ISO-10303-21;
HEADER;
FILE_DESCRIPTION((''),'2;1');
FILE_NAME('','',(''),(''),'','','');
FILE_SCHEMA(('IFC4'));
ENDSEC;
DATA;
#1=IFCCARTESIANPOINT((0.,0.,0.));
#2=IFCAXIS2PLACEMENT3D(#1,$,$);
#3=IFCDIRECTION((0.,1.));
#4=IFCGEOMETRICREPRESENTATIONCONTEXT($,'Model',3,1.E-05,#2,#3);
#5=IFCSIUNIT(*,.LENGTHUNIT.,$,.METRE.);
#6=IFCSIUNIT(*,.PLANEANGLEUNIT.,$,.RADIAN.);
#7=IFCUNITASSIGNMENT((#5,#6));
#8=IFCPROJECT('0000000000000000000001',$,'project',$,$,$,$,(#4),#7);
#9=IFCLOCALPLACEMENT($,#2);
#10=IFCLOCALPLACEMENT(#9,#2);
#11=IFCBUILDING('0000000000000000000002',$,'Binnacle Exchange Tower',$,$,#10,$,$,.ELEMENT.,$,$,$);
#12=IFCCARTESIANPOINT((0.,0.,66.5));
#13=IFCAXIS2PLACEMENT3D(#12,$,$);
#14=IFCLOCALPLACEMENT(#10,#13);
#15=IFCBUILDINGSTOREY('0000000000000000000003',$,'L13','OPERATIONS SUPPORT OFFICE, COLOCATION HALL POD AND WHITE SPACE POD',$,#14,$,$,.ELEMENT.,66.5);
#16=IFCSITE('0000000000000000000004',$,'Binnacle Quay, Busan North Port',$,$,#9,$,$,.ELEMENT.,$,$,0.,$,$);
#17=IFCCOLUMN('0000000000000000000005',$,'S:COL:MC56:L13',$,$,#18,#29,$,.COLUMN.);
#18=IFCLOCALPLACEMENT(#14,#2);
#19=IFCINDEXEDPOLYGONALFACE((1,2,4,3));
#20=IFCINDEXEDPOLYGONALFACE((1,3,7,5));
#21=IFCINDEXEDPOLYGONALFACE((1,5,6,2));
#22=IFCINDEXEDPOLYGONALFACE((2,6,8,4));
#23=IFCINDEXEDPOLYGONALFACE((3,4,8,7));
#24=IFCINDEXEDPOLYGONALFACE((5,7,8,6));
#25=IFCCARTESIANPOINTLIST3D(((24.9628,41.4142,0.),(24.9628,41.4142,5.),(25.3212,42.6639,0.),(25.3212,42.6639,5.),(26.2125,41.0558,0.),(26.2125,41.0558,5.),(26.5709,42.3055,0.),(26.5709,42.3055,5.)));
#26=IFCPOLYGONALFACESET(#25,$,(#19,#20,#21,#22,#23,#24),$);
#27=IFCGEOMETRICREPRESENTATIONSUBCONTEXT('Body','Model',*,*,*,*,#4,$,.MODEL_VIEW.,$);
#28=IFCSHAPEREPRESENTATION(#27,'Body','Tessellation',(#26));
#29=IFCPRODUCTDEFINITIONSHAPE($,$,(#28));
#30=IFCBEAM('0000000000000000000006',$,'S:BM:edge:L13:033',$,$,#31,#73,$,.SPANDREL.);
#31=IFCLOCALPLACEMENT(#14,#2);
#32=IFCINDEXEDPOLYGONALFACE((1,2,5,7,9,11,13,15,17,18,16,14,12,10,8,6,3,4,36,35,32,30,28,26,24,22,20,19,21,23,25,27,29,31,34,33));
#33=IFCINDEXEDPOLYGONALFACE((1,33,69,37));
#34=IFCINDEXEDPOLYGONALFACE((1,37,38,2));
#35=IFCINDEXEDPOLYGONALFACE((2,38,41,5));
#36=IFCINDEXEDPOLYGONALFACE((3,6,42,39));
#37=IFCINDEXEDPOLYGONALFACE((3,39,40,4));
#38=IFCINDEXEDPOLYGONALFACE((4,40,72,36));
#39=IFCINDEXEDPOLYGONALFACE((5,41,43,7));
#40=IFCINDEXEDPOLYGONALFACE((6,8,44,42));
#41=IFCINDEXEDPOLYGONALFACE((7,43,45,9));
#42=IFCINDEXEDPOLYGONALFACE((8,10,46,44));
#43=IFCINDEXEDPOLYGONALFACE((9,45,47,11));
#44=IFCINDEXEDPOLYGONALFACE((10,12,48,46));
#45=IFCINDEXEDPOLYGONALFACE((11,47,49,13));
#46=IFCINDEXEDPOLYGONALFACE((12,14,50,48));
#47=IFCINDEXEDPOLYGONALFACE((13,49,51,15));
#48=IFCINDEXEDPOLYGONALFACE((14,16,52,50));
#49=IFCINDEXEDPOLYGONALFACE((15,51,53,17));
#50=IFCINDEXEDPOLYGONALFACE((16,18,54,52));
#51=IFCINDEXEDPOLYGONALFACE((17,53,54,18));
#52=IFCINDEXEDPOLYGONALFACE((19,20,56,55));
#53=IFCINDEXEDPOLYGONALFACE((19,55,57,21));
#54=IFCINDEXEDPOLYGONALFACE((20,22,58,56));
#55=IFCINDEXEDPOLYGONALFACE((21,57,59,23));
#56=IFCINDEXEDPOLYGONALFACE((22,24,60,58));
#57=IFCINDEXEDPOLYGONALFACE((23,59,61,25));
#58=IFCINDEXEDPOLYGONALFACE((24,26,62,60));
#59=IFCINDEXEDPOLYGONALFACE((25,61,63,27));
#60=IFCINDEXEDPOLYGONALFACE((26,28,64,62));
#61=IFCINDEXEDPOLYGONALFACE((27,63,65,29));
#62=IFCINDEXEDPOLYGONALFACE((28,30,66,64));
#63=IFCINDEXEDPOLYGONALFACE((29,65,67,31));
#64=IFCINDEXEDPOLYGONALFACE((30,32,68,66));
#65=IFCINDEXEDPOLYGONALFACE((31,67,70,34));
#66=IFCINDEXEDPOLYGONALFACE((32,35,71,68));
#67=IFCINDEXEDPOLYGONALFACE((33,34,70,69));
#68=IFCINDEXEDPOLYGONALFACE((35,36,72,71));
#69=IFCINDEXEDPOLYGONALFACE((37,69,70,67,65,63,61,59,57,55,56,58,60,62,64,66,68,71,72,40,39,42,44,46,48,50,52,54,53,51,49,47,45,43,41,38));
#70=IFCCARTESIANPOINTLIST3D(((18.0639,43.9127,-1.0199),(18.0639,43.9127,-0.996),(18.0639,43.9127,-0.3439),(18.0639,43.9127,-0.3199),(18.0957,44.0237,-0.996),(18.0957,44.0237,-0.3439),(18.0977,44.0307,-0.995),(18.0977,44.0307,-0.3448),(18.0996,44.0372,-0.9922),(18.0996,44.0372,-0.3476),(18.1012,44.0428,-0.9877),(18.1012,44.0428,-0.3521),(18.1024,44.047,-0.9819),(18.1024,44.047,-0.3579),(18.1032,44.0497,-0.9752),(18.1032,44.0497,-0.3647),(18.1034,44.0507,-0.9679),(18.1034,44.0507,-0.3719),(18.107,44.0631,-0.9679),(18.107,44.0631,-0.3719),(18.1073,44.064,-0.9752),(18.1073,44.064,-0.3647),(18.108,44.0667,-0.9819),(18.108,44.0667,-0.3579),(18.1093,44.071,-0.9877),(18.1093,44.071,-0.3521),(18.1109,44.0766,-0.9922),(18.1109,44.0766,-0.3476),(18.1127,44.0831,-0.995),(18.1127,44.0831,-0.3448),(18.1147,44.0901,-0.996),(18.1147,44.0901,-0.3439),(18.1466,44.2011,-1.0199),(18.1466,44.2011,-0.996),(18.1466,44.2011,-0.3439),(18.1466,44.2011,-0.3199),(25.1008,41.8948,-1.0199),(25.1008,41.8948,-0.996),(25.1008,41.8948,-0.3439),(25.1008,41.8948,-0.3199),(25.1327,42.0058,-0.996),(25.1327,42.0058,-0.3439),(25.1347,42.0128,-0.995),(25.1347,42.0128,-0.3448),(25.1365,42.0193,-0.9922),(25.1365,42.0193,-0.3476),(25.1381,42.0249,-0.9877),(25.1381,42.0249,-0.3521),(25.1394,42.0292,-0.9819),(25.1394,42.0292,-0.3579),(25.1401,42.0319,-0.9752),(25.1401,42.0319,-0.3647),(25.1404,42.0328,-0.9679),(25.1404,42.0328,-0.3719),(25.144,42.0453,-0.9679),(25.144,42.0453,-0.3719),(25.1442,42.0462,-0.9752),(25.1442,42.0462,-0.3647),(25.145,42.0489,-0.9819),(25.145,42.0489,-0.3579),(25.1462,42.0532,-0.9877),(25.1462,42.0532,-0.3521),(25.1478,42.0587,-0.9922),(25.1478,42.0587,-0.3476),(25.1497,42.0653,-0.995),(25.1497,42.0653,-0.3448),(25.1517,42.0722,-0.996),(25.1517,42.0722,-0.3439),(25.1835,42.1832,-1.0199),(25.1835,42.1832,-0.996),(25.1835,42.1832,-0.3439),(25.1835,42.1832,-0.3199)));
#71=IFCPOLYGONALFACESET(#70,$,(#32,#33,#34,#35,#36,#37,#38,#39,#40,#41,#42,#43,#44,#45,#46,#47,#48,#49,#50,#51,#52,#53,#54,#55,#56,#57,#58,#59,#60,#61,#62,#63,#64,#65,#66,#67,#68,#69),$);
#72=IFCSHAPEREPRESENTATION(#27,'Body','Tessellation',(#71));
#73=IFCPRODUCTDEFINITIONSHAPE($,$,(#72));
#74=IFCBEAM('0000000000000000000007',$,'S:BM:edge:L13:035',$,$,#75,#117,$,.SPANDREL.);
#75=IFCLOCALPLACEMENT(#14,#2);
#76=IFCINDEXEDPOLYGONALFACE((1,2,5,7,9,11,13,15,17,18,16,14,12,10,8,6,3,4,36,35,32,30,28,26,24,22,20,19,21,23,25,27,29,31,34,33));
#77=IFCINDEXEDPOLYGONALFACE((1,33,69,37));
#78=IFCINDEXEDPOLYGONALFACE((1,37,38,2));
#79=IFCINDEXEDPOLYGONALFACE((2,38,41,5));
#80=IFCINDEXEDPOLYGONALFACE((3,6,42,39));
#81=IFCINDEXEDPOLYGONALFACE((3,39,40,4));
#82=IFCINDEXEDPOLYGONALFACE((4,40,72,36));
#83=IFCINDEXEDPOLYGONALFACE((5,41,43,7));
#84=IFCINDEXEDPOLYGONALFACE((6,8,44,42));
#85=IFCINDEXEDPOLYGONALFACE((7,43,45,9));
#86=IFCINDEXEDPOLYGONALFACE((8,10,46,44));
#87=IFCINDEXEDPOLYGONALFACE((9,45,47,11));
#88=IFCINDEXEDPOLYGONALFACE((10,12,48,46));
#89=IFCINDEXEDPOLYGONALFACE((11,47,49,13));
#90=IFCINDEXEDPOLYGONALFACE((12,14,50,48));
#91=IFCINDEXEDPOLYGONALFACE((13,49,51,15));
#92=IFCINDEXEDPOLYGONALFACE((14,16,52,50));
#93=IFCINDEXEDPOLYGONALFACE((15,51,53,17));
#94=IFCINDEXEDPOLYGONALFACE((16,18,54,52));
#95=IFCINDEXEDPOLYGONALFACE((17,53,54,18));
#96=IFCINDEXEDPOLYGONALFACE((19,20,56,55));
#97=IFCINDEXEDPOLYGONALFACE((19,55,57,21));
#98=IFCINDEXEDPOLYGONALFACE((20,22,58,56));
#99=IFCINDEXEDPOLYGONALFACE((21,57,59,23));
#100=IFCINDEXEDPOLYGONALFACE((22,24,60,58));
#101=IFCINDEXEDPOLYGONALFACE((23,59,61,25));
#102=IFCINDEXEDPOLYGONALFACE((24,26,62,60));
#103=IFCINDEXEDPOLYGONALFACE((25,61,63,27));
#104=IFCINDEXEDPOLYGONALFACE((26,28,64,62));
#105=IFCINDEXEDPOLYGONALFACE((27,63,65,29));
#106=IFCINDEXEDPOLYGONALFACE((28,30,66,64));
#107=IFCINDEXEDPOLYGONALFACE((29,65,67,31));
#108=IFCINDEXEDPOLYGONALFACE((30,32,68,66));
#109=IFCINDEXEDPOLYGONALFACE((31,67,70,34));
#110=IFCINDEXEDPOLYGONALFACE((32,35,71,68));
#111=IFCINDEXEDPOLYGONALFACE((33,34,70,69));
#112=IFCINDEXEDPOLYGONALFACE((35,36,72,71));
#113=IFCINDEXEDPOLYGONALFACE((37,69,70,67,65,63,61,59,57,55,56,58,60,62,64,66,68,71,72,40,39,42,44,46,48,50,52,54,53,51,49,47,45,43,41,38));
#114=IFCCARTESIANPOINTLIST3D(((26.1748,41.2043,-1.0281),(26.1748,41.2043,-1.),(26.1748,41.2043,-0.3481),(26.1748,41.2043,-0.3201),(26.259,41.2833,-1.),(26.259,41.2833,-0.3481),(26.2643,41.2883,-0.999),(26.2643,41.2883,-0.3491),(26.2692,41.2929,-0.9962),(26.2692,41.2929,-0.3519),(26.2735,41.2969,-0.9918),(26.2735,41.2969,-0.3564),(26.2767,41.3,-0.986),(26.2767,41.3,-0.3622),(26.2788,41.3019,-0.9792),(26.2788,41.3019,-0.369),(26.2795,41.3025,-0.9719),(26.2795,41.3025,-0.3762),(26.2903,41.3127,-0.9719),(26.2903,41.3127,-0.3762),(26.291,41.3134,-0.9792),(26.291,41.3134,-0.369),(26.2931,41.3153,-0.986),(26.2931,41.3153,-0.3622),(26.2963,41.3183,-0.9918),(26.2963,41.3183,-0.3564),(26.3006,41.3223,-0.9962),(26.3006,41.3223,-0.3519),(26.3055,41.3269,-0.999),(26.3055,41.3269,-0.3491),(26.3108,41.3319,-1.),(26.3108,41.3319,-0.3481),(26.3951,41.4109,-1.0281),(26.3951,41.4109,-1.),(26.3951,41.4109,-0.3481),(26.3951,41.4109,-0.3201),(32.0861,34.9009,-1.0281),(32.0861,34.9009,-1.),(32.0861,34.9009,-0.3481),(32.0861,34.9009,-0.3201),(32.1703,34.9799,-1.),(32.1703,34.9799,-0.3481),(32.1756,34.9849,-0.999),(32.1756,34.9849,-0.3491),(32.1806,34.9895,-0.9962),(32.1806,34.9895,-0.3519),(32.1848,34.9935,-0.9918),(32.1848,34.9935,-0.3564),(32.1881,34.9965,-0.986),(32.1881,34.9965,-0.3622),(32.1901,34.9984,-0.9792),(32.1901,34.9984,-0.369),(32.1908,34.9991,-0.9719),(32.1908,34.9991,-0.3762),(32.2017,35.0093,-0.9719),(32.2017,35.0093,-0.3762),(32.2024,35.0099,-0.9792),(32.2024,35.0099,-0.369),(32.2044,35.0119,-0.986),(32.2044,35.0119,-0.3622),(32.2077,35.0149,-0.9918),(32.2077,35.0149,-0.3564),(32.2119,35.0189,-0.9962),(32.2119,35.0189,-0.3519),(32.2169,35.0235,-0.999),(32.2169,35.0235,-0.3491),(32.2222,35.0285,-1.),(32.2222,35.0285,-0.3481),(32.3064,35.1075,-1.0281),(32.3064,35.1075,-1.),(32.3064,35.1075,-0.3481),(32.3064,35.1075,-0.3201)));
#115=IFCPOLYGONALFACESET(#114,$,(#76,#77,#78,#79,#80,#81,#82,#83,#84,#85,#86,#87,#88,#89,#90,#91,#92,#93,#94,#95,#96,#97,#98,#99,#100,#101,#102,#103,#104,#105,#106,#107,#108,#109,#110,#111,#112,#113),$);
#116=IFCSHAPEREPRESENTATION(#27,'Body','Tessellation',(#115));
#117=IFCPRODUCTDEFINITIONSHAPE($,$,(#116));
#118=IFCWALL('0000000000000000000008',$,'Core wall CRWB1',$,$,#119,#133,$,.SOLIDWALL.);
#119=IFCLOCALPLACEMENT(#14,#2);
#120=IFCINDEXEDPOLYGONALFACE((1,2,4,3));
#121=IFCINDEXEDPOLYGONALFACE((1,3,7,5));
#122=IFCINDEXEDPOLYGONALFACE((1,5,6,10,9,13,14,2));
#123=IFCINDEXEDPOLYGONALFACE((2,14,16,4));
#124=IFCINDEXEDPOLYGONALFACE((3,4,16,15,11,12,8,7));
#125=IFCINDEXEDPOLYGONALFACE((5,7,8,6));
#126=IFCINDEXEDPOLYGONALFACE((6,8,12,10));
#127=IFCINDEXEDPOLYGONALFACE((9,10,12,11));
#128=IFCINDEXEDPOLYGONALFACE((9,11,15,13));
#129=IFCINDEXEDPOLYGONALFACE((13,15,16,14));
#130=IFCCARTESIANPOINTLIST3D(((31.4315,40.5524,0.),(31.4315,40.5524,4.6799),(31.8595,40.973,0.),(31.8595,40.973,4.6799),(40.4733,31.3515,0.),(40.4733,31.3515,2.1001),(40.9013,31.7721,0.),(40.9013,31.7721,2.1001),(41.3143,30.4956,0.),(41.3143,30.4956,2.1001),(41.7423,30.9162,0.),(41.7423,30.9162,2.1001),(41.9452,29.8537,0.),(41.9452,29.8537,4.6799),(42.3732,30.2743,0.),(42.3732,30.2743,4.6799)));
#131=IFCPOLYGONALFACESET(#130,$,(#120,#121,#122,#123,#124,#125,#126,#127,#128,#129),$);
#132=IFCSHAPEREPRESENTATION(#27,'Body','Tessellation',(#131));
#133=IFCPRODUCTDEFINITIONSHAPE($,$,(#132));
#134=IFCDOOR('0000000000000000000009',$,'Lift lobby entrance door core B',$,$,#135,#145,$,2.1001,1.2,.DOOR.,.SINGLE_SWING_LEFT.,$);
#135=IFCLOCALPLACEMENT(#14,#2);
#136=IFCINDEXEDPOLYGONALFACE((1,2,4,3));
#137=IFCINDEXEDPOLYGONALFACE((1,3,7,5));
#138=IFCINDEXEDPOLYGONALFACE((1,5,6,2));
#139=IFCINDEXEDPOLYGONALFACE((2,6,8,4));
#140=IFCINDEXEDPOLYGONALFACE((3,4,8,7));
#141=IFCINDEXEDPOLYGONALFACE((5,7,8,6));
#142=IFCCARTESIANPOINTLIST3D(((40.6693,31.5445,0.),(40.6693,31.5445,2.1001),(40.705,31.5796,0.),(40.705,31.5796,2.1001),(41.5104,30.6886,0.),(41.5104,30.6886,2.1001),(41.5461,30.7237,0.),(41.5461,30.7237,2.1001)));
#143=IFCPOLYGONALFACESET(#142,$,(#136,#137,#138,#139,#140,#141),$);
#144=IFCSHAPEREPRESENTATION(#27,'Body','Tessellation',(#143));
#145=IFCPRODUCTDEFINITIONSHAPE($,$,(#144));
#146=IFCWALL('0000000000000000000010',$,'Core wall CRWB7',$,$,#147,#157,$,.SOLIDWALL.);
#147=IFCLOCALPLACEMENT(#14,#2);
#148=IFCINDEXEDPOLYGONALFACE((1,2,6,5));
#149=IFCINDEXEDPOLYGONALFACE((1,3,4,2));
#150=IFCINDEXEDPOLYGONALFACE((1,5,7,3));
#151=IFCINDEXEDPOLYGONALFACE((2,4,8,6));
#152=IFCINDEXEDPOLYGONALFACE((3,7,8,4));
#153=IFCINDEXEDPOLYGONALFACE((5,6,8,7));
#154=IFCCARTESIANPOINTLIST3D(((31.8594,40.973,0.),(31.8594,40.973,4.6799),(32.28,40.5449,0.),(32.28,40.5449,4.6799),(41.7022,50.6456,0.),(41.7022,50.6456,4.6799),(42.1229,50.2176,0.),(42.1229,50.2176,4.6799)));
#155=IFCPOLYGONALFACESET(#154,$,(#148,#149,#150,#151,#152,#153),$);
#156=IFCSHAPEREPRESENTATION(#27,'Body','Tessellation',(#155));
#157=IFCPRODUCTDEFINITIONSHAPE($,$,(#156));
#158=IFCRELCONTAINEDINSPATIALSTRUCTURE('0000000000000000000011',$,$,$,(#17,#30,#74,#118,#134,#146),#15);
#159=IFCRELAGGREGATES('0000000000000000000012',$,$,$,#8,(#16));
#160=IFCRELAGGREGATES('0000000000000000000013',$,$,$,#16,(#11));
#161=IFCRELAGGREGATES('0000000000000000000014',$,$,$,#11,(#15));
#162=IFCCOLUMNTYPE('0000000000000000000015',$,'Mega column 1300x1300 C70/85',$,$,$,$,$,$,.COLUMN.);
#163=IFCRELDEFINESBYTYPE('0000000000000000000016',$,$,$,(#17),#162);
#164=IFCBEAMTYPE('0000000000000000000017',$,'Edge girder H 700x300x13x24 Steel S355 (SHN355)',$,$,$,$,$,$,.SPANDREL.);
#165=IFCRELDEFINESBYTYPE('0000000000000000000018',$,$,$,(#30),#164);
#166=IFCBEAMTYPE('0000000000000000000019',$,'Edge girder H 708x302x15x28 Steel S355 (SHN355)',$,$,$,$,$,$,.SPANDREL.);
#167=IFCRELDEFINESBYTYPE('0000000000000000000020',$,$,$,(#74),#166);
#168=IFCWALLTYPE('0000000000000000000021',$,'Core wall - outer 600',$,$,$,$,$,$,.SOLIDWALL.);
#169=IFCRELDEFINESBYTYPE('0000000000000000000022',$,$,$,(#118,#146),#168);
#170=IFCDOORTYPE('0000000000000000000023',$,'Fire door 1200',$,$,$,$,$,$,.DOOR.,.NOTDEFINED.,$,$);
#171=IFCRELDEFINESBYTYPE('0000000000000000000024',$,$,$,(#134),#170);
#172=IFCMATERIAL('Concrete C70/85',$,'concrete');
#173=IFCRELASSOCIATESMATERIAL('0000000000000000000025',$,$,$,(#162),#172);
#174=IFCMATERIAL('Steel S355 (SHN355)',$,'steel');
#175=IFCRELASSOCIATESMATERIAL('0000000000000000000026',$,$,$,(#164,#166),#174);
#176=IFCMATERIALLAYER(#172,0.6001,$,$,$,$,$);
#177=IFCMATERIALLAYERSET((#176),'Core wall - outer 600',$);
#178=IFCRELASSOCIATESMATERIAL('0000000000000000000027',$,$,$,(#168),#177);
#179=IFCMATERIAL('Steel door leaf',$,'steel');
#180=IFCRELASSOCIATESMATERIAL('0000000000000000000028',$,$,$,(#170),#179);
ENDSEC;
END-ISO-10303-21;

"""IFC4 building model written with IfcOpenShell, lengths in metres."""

from ifc_helpers import new_model, si_unit, direction, frame, frame_2d, origin, origin_2d, place, context, subcontext, project, spatial, rectangle, i_section, extrude, material, layer, layer_set, material_profile, profile_set, type_object, element, fill, save


model = new_model("IFC4")

# Units and contexts
model_context = context("Model", 3, precision=1e-05, world=origin(), true_north=direction((0.0, 1.0)))
body_context = subcontext(model_context, "Body", "Model", "MODEL_VIEW")
ifc_project = project(units=[si_unit("LENGTHUNIT", "METRE"), si_unit("PLANEANGLEUNIT", "RADIAN")], contexts=[model_context])

# Site, building, storey
site_placement = place(None, origin())
site = spatial("IfcSite", under=ifc_project, at=site_placement, Name="Binnacle Quay, Busan North Port", CompositionType="ELEMENT", RefElevation=0.0)
building_placement = place(site_placement, origin())
building = spatial("IfcBuilding", under=site, at=building_placement, Name="Binnacle Exchange Tower", CompositionType="ELEMENT")
storey_placement = place(building_placement, frame((0.0, 0.0, 66.5)))
storey = spatial("IfcBuildingStorey", under=building, at=storey_placement, Name="L13", Description="OPERATIONS SUPPORT OFFICE, COLOCATION HALL POD AND WHITE SPACE POD", CompositionType="ELEMENT", Elevation=66.5)

# Column
ifc_material_1 = material(Name="Concrete C70/85", Category="concrete")
ifc_material_profile_1 = material_profile(ifc_material_1, rectangle(XDim=1.3, YDim=1.3, at=origin_2d()), Name="Mega column 1300x1300 C70/85")
ifc_profile_set_1 = profile_set([ifc_material_profile_1], Name="Concrete C70/85")
column_type = type_object("IfcColumnType", Name="Mega column 1300x1300 C70/85", PredefinedType="COLUMN", material=ifc_profile_set_1)
column_placement = place(storey_placement, frame((25.7668, 41.8599, 0.0), z_axis=(0.0, 0.0, 1.0), x_axis=(0.961262, -0.275637, 0.0)))
element("IfcColumn", 1, at=column_placement, inside=storey, type_object=column_type, Name="S:COL:MC56:L13", PredefinedType="COLUMN", context=body_context, shape_type="SweptSolid", body=[
    extrude(rectangle(XDim=1.3, YDim=1.3, at=origin_2d()), origin(), (0.0, 0.0, 1.0), 5.0),
])

# Beams
ifc_material_2 = material(Name="Steel S355 (SHN355)", Category="steel")
ifc_material_profile_2 = material_profile(ifc_material_2, i_section(OverallWidth=0.3, OverallDepth=0.7, WebThickness=0.0129, FlangeThickness=0.0239, FilletRadius=0.0281, at=origin_2d()), Name="H 700x300x13x24")
ifc_profile_set_2 = profile_set([ifc_material_profile_2], Name="Steel S355 (SHN355)")
beam_type_1 = type_object("IfcBeamType", Name="Edge girder H 700x300x13x24 Steel S355 (SHN355)", PredefinedType="SPANDREL", material=ifc_profile_set_2)
beam_1_placement = place(storey_placement, frame((18.1052, 44.0569, -0.6699), z_axis=(0.96126, -0.275642, 0.0), x_axis=(0.275642, 0.96126, 0.0)))
element("IfcBeam", 2, at=beam_1_placement, inside=storey, type_object=beam_type_1, Name="S:BM:edge:L13:033", PredefinedType="SPANDREL", context=body_context, shape_type="SweptSolid", body=[
    extrude(i_section(OverallWidth=0.3, OverallDepth=0.7, WebThickness=0.0129, FlangeThickness=0.0239, FilletRadius=0.0281, at=origin_2d()), origin(), (0.0, 0.0, 1.0), 7.3206),
])
ifc_material_profile_3 = material_profile(ifc_material_2, i_section(OverallWidth=0.302, OverallDepth=0.708, WebThickness=0.0149, FlangeThickness=0.0281, FilletRadius=0.0281, at=origin_2d()), Name="H 708x302x15x28")
ifc_profile_set_3 = profile_set([ifc_material_profile_3], Name="Steel S355 (SHN355)")
beam_type_2 = type_object("IfcBeamType", Name="Edge girder H 708x302x15x28 Steel S355 (SHN355)", PredefinedType="SPANDREL", material=ifc_profile_set_3)
beam_2_placement = place(storey_placement, frame((26.2849, 41.3076, -0.6741), z_axis=(0.684057, -0.729429, 0.0), x_axis=(0.729429, 0.684057, 0.0)))
element("IfcBeam", 3, at=beam_2_placement, inside=storey, type_object=beam_type_2, Name="S:BM:edge:L13:035", PredefinedType="SPANDREL", context=body_context, shape_type="SweptSolid", body=[
    extrude(i_section(OverallWidth=0.302, OverallDepth=0.708, WebThickness=0.0149, FlangeThickness=0.0281, FilletRadius=0.0281, at=origin_2d()), origin(), (0.0, 0.0, 1.0), 8.6416),
])

# Wall, opening, door
ifc_layer_1 = layer(ifc_material_1, 0.6001)
ifc_layer_set_1 = layer_set([ifc_layer_1], Name="Core wall - outer 600")
wall_type_1 = type_object("IfcWallType", Name="Core wall - outer 600", PredefinedType="SOLIDWALL", material=ifc_layer_set_1)
wall_1_placement = place(storey_placement, frame((31.6455, 40.7627, 0.0), z_axis=(0.0, 0.0, 1.0), x_axis=(0.700911, -0.713248, 0.0)))
wall_1 = element("IfcWall", 4, at=wall_1_placement, inside=storey, type_object=wall_type_1, Name="Core wall CRWB1", PredefinedType="SOLIDWALL", context=body_context, shape_type="SweptSolid", body=[
    extrude(rectangle(XDim=15.0, YDim=0.6001, at=frame_2d((7.5, 0.0))), origin(), (0.0, 0.0, 1.0), 4.6799),
])
opening_1_placement = place(wall_1_placement, frame((12.8999, 0.0, 0.0)))
opening_1 = element("IfcOpeningElement", 5, at=opening_1_placement, cuts=wall_1, PredefinedType="OPENING", context=body_context, shape_type="SweptSolid", body=[
    extrude(rectangle(XDim=1.2, YDim=2.1001, at=frame_2d((0.6001, 1.05))), frame((0.0, 0.3101, 0.0), z_axis=(0.0, -1.0, 0.0), x_axis=(1.0, 0.0, 0.0)), (0.0, 0.0, 1.0), 0.6201),
])
ifc_material_3 = material(Name="Steel door leaf", Category="steel")
door_type_1 = type_object("IfcDoorType", Name="Fire door 1200", OperationType="NOTDEFINED", PredefinedType="DOOR", material=ifc_material_3)
door_1_placement = place(opening_1_placement, frame((1.2, 0.0, 0.0), z_axis=(0.0, 0.0, 1.0), x_axis=(-1.0, 0.0, 0.0)))
door_1 = element("IfcDoor", 6, at=door_1_placement, inside=storey, type_object=door_type_1, Name="Lift lobby entrance door core B", OperationType="SINGLE_SWING_LEFT", OverallHeight=2.1001, OverallWidth=1.2, PredefinedType="DOOR", context=body_context, shape_type="SweptSolid", body=[
    extrude(rectangle(XDim=1.2, YDim=2.1001, at=frame_2d((0.6001, 1.05))), frame((0.0, 0.0249, 0.0), z_axis=(0.0, -1.0, 0.0), x_axis=(1.0, 0.0, 0.0)), (0.0, 0.0, 1.0), 0.05),
])
fill(opening_1, door_1)

# Wall
wall_2_placement = place(storey_placement, frame((32.0698, 40.759, 0.0), z_axis=(0.0, 0.0, 1.0), x_axis=(0.713245, 0.700914, 0.0)))
element("IfcWall", 7, at=wall_2_placement, inside=storey, type_object=wall_type_1, Name="Core wall CRWB7", PredefinedType="SOLIDWALL", context=body_context, shape_type="SweptSolid", body=[
    extrude(rectangle(XDim=13.8, YDim=0.6001, at=frame_2d((6.8999, 0.0))), origin(), (0.0, 0.0, 1.0), 4.6799),
])

save(model, "model.ifc")
